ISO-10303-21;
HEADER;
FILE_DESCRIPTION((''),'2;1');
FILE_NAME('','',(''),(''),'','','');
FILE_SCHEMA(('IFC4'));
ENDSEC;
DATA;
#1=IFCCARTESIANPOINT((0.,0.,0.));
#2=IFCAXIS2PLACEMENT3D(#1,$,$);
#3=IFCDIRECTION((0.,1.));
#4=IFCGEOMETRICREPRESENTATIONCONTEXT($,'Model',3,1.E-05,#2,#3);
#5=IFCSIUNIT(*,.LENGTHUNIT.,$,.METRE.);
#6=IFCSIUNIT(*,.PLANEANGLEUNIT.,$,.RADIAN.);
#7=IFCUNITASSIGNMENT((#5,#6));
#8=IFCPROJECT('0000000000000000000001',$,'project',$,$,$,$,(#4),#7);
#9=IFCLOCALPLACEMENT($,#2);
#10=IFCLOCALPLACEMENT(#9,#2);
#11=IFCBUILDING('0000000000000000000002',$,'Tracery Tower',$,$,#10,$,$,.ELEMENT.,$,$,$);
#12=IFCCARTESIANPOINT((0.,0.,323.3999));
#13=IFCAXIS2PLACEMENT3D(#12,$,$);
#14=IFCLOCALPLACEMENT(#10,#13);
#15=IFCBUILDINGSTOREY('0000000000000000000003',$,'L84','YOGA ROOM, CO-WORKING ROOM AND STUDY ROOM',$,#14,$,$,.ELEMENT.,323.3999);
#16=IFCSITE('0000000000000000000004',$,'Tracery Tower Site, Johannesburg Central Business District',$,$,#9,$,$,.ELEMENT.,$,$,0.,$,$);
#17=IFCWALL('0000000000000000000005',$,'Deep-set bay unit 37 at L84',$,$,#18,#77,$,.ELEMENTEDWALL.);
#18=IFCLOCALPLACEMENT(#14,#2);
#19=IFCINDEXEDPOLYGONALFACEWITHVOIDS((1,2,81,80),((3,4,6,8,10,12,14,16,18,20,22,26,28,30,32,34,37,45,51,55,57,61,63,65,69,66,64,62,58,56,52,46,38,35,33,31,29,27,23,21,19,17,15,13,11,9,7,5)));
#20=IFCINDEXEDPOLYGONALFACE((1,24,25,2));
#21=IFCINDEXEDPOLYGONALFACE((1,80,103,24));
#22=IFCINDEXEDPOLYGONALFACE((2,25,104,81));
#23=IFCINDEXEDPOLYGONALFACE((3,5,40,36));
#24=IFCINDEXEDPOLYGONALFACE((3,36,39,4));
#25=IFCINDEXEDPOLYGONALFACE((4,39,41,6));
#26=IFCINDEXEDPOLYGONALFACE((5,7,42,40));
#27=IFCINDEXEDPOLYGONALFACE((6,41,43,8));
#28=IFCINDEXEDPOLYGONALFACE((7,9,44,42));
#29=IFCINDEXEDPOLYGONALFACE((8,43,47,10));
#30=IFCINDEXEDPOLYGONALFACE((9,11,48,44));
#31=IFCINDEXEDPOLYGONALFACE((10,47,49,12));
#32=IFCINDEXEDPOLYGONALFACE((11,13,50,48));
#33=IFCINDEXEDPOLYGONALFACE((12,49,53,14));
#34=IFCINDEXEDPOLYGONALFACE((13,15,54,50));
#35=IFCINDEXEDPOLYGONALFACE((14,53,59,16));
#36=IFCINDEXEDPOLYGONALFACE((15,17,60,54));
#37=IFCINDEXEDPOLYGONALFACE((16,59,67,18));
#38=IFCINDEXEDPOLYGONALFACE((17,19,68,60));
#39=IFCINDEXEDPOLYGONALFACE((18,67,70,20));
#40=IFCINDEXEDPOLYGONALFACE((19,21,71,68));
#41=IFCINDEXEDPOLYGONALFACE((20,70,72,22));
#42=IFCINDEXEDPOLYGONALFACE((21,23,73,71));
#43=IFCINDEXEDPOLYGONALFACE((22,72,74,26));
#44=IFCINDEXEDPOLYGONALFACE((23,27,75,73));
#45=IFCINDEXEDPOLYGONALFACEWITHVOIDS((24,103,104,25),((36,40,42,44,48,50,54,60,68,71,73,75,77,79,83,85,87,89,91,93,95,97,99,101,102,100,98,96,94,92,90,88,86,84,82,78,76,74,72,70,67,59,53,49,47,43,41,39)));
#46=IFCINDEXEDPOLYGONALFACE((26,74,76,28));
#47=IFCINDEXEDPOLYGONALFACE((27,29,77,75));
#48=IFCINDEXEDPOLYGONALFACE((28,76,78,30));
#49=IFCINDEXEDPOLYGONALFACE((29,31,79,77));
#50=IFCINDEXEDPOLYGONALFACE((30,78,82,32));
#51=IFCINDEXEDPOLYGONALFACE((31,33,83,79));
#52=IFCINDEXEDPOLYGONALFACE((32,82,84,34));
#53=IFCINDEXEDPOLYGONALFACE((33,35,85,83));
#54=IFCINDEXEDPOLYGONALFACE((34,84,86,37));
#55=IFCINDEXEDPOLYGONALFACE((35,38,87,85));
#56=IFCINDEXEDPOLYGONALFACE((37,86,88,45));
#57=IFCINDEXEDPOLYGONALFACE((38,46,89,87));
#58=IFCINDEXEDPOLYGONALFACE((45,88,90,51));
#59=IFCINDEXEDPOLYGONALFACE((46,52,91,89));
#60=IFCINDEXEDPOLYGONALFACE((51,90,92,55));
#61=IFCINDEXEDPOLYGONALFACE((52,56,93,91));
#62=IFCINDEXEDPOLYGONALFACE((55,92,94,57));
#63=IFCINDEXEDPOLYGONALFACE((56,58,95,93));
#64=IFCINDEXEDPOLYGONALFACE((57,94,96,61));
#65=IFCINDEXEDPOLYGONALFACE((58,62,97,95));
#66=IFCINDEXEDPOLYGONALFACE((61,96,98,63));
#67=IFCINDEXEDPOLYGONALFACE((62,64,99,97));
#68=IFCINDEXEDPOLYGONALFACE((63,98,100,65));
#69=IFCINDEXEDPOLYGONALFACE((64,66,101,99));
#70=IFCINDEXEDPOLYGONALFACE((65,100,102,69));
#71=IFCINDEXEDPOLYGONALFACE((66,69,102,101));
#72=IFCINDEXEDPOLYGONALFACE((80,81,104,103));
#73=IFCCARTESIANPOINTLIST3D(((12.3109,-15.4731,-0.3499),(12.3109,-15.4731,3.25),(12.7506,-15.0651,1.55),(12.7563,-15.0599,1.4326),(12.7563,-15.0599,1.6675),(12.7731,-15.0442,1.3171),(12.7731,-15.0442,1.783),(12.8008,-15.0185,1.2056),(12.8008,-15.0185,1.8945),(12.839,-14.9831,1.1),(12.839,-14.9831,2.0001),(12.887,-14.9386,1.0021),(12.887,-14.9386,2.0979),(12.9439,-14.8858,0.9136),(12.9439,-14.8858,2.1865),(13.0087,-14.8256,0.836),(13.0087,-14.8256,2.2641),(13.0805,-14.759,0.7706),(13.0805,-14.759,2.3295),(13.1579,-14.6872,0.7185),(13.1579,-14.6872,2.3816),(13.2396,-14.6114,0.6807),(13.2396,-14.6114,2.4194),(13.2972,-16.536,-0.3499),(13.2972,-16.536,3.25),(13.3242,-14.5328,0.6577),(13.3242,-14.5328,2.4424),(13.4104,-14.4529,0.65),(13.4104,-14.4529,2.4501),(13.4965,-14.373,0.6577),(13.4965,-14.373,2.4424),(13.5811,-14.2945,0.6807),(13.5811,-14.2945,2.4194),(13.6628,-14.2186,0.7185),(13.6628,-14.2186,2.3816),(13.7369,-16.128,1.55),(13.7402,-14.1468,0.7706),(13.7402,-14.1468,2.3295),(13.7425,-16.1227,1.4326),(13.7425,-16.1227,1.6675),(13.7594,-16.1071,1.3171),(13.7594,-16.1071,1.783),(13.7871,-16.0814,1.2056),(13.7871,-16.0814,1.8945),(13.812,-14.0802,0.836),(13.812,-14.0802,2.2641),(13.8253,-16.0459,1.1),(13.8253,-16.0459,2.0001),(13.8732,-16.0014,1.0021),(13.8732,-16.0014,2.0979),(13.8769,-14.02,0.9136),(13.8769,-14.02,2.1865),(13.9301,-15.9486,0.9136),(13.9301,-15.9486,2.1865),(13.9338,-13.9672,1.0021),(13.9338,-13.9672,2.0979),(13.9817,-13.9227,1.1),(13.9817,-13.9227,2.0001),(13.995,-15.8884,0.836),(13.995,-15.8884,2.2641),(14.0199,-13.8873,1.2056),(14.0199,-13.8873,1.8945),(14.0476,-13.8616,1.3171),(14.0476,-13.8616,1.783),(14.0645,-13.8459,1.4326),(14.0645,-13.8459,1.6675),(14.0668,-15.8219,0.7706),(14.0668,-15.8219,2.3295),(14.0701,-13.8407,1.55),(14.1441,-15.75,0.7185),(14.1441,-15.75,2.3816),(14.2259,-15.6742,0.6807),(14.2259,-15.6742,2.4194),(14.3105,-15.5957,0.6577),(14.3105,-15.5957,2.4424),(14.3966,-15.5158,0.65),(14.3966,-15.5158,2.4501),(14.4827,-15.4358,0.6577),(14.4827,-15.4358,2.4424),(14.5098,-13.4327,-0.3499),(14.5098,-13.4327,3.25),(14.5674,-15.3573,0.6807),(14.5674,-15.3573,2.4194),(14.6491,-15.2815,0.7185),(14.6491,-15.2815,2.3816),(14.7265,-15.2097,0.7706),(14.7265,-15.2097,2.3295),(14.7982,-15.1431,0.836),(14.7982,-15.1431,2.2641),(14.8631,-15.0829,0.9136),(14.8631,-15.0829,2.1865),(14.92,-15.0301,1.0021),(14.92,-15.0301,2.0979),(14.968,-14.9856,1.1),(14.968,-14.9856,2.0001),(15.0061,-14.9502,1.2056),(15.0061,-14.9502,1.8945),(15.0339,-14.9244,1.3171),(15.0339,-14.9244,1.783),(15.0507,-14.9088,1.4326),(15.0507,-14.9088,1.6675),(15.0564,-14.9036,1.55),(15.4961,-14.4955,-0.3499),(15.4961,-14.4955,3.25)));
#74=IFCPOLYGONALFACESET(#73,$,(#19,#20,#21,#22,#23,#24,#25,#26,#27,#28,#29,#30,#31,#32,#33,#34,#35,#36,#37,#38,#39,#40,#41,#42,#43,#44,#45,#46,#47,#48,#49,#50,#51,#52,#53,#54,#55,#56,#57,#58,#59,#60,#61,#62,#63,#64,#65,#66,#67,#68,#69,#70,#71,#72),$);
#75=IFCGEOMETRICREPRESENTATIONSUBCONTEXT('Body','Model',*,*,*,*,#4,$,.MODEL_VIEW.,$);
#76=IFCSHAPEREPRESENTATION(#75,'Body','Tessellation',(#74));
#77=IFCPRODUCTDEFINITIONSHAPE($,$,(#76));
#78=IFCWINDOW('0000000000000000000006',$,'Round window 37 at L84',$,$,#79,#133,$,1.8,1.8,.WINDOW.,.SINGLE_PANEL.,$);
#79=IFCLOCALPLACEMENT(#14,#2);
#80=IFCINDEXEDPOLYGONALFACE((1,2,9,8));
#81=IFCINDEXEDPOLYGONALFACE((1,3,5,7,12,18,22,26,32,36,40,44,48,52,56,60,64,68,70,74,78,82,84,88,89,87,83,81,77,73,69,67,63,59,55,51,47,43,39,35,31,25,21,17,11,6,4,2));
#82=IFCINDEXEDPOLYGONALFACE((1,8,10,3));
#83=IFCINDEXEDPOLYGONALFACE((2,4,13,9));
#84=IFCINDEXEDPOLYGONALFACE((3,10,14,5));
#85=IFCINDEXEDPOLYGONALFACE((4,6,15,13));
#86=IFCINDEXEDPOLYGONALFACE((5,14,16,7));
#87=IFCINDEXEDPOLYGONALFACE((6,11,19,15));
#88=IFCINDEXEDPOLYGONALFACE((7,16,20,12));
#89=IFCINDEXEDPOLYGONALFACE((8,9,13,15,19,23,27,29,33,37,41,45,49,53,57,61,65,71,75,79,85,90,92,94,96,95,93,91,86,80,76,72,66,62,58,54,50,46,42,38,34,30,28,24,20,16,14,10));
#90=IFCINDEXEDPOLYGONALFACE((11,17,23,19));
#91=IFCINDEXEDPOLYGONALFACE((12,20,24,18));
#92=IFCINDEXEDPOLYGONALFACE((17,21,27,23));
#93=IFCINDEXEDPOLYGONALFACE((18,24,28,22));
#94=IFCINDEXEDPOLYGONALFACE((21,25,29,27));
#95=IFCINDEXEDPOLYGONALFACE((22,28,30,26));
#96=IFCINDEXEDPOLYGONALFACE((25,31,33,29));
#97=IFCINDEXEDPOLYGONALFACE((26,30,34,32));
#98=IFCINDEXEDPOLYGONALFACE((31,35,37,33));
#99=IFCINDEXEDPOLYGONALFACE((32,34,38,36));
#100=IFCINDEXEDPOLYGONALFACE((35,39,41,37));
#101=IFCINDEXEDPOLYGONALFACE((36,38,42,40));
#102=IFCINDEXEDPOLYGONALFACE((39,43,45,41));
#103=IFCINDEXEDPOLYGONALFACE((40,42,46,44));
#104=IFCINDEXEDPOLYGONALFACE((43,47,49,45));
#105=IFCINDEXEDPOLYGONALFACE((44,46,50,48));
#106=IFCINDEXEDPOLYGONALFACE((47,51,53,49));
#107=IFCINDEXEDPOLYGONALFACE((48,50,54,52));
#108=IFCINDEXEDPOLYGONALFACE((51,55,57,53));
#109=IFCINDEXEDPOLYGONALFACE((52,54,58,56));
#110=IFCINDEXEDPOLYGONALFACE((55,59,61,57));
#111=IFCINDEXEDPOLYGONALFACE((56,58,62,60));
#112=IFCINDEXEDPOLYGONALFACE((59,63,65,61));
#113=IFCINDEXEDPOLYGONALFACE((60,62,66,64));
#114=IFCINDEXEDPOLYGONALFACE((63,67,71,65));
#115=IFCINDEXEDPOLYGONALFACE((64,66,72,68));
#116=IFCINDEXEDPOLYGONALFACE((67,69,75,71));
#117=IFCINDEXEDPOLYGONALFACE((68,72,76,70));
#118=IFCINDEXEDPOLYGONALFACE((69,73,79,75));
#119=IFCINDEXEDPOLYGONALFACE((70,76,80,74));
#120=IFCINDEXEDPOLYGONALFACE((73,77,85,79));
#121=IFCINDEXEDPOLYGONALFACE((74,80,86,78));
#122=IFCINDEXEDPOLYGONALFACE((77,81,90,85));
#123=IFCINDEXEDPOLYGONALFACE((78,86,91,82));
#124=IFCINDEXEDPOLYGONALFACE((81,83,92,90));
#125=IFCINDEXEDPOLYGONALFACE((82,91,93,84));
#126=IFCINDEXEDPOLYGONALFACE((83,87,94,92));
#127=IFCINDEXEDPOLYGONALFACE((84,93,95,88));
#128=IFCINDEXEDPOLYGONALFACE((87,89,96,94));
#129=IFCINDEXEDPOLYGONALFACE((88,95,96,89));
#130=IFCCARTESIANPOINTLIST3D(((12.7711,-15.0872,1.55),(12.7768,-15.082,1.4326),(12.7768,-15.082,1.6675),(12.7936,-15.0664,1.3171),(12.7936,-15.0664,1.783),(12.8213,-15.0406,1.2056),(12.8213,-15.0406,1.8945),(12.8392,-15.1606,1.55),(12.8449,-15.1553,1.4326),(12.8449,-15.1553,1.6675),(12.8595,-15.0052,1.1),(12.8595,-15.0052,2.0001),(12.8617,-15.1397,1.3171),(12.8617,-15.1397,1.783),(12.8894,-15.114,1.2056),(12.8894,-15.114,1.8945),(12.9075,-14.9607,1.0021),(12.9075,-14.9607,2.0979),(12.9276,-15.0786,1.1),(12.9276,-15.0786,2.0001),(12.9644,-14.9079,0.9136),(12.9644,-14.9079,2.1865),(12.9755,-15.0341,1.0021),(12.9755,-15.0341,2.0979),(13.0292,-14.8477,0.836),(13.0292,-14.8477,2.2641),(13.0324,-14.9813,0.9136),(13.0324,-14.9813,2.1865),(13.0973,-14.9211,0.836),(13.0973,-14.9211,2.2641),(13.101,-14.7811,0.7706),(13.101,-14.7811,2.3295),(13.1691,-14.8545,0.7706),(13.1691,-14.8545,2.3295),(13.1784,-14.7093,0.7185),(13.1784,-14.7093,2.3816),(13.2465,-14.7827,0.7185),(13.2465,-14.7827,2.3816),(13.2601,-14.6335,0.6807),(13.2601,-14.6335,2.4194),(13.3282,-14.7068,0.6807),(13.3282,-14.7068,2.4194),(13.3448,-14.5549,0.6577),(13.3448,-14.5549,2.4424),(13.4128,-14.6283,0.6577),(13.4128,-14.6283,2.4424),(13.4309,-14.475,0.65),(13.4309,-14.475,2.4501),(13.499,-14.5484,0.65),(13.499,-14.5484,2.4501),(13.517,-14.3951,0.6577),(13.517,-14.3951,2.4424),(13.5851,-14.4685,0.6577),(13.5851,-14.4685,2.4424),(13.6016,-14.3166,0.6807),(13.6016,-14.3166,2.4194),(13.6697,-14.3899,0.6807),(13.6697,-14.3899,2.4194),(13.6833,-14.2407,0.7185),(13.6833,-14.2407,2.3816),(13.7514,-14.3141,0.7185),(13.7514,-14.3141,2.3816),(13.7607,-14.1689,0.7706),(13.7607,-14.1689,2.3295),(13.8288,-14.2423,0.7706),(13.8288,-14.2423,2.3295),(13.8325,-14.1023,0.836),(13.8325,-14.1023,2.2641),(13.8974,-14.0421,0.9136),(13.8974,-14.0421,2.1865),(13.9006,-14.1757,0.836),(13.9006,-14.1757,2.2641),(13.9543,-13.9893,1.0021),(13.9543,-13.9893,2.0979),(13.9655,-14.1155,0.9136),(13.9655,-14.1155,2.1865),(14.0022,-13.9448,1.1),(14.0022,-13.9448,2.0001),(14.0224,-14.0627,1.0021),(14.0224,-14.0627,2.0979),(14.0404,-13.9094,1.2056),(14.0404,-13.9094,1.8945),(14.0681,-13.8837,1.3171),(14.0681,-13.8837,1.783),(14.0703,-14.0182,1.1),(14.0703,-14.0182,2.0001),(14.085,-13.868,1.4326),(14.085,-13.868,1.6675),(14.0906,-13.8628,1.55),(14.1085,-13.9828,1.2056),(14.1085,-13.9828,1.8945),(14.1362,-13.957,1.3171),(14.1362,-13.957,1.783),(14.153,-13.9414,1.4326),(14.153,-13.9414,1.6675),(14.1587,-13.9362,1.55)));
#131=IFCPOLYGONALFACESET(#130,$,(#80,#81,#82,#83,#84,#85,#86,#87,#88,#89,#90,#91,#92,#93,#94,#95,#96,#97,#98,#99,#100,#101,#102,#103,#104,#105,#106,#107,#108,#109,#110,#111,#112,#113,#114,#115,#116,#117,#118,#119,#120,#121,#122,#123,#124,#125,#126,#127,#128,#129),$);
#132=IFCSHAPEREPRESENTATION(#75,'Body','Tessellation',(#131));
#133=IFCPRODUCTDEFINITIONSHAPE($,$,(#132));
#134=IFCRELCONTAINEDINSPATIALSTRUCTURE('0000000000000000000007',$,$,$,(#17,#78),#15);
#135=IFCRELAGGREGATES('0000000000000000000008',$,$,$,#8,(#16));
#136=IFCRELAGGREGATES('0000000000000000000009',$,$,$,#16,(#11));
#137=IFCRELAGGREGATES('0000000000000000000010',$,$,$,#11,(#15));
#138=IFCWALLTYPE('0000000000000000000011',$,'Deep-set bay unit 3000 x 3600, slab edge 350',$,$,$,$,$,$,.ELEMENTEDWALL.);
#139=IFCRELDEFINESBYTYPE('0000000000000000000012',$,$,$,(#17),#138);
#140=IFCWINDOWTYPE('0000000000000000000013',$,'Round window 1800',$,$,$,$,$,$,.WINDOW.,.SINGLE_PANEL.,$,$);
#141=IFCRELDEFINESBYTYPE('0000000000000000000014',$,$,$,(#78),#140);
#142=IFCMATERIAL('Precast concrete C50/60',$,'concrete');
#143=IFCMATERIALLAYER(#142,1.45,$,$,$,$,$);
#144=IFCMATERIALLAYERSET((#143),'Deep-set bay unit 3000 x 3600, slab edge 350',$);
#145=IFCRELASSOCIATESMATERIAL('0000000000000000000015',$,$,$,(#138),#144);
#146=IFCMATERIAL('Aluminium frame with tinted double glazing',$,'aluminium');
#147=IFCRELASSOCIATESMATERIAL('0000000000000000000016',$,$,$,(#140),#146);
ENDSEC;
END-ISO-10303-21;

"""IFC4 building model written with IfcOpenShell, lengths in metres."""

from ifc_helpers import new_model, si_unit, direction, frame, frame_2d, origin, origin_2d, place, context, subcontext, project, spatial, rectangle, circle, extrude, material, layer, layer_set, type_object, element, fill, save


model = new_model("IFC4")

# Units and contexts
model_context = context("Model", 3, precision=1e-05, world=origin(), true_north=direction((0.0, 1.0)))
body_context = subcontext(model_context, "Body", "Model", "MODEL_VIEW")
ifc_project = project(units=[si_unit("LENGTHUNIT", "METRE"), si_unit("PLANEANGLEUNIT", "RADIAN")], contexts=[model_context])

# Site, building, storey
site_placement = place(None, origin())
site = spatial("IfcSite", under=ifc_project, at=site_placement, Name="Tracery Tower Site, Johannesburg Central Business District", CompositionType="ELEMENT", RefElevation=0.0)
building_placement = place(site_placement, origin())
building = spatial("IfcBuilding", under=site, at=building_placement, Name="Tracery Tower", CompositionType="ELEMENT")
storey_placement = place(building_placement, frame((0.0, 0.0, 323.3999)))
storey = spatial("IfcBuildingStorey", under=building, at=storey_placement, Name="L84", Description="YOGA ROOM, CO-WORKING ROOM AND STUDY ROOM", CompositionType="ELEMENT", Elevation=323.3999)

# Wall, opening, window
ifc_material_1 = material(Name="Precast concrete C50/60", Category="concrete")
ifc_layer_1 = layer(ifc_material_1, 1.45)
ifc_layer_set_1 = layer_set([ifc_layer_1], Name="Deep-set bay unit 3000 x 3600, slab edge 350")
wall_type_1 = type_object("IfcWallType", Name="Deep-set bay unit 3000 x 3600, slab edge 350", PredefinedType="ELEMENTEDWALL", material=ifc_layer_set_1)
wall_1_placement = place(storey_placement, frame((12.804, -16.0046, -0.3499), z_axis=(0.0, 0.0, 1.0), x_axis=(0.733022, 0.680204, 0.0)))
wall_1 = element("IfcWall", 1, at=wall_1_placement, inside=storey, type_object=wall_type_1, Name="Deep-set bay unit 37 at L84", PredefinedType="ELEMENTEDWALL", context=body_context, shape_type="SweptSolid", body=[
    extrude(rectangle(XDim=2.9998, YDim=1.45, at=frame_2d((1.5, 0.0))), origin(), (0.0, 0.0, 1.0), 3.5999),
])
opening_1_placement = place(wall_1_placement, frame((1.5, 0.0, 1.8999)))
opening_1 = element("IfcOpeningElement", 2, at=opening_1_placement, cuts=wall_1, PredefinedType="OPENING", context=body_context, shape_type="SweptSolid", body=[
    extrude(circle(Radius=0.9, at=origin_2d()), frame((0.0, 0.7349, 0.0), z_axis=(0.0, -1.0, 0.0), x_axis=(1.0, 0.0, 0.0)), (0.0, 0.0, 1.0), 1.47),
])
ifc_material_2 = material(Name="Aluminium frame with tinted double glazing", Category="aluminium")
window_type = type_object("IfcWindowType", Name="Round window 1800", PartitioningType="SINGLE_PANEL", PredefinedType="WINDOW", material=ifc_material_2)
window_1_placement = place(opening_1_placement, origin())
window_1 = element("IfcWindow", 3, at=window_1_placement, inside=storey, type_object=window_type, Name="Round window 37 at L84", OverallHeight=1.8, OverallWidth=1.8, PartitioningType="SINGLE_PANEL", PredefinedType="WINDOW", context=body_context, shape_type="SweptSolid", body=[
    extrude(circle(Radius=0.9, at=origin_2d()), frame((0.0, 0.6948, 0.0), z_axis=(0.0, -1.0, 0.0), x_axis=(1.0, 0.0, 0.0)), (0.0, 0.0, 1.0), 0.1001),
])
fill(opening_1, window_1)

save(model, "model.ifc")
